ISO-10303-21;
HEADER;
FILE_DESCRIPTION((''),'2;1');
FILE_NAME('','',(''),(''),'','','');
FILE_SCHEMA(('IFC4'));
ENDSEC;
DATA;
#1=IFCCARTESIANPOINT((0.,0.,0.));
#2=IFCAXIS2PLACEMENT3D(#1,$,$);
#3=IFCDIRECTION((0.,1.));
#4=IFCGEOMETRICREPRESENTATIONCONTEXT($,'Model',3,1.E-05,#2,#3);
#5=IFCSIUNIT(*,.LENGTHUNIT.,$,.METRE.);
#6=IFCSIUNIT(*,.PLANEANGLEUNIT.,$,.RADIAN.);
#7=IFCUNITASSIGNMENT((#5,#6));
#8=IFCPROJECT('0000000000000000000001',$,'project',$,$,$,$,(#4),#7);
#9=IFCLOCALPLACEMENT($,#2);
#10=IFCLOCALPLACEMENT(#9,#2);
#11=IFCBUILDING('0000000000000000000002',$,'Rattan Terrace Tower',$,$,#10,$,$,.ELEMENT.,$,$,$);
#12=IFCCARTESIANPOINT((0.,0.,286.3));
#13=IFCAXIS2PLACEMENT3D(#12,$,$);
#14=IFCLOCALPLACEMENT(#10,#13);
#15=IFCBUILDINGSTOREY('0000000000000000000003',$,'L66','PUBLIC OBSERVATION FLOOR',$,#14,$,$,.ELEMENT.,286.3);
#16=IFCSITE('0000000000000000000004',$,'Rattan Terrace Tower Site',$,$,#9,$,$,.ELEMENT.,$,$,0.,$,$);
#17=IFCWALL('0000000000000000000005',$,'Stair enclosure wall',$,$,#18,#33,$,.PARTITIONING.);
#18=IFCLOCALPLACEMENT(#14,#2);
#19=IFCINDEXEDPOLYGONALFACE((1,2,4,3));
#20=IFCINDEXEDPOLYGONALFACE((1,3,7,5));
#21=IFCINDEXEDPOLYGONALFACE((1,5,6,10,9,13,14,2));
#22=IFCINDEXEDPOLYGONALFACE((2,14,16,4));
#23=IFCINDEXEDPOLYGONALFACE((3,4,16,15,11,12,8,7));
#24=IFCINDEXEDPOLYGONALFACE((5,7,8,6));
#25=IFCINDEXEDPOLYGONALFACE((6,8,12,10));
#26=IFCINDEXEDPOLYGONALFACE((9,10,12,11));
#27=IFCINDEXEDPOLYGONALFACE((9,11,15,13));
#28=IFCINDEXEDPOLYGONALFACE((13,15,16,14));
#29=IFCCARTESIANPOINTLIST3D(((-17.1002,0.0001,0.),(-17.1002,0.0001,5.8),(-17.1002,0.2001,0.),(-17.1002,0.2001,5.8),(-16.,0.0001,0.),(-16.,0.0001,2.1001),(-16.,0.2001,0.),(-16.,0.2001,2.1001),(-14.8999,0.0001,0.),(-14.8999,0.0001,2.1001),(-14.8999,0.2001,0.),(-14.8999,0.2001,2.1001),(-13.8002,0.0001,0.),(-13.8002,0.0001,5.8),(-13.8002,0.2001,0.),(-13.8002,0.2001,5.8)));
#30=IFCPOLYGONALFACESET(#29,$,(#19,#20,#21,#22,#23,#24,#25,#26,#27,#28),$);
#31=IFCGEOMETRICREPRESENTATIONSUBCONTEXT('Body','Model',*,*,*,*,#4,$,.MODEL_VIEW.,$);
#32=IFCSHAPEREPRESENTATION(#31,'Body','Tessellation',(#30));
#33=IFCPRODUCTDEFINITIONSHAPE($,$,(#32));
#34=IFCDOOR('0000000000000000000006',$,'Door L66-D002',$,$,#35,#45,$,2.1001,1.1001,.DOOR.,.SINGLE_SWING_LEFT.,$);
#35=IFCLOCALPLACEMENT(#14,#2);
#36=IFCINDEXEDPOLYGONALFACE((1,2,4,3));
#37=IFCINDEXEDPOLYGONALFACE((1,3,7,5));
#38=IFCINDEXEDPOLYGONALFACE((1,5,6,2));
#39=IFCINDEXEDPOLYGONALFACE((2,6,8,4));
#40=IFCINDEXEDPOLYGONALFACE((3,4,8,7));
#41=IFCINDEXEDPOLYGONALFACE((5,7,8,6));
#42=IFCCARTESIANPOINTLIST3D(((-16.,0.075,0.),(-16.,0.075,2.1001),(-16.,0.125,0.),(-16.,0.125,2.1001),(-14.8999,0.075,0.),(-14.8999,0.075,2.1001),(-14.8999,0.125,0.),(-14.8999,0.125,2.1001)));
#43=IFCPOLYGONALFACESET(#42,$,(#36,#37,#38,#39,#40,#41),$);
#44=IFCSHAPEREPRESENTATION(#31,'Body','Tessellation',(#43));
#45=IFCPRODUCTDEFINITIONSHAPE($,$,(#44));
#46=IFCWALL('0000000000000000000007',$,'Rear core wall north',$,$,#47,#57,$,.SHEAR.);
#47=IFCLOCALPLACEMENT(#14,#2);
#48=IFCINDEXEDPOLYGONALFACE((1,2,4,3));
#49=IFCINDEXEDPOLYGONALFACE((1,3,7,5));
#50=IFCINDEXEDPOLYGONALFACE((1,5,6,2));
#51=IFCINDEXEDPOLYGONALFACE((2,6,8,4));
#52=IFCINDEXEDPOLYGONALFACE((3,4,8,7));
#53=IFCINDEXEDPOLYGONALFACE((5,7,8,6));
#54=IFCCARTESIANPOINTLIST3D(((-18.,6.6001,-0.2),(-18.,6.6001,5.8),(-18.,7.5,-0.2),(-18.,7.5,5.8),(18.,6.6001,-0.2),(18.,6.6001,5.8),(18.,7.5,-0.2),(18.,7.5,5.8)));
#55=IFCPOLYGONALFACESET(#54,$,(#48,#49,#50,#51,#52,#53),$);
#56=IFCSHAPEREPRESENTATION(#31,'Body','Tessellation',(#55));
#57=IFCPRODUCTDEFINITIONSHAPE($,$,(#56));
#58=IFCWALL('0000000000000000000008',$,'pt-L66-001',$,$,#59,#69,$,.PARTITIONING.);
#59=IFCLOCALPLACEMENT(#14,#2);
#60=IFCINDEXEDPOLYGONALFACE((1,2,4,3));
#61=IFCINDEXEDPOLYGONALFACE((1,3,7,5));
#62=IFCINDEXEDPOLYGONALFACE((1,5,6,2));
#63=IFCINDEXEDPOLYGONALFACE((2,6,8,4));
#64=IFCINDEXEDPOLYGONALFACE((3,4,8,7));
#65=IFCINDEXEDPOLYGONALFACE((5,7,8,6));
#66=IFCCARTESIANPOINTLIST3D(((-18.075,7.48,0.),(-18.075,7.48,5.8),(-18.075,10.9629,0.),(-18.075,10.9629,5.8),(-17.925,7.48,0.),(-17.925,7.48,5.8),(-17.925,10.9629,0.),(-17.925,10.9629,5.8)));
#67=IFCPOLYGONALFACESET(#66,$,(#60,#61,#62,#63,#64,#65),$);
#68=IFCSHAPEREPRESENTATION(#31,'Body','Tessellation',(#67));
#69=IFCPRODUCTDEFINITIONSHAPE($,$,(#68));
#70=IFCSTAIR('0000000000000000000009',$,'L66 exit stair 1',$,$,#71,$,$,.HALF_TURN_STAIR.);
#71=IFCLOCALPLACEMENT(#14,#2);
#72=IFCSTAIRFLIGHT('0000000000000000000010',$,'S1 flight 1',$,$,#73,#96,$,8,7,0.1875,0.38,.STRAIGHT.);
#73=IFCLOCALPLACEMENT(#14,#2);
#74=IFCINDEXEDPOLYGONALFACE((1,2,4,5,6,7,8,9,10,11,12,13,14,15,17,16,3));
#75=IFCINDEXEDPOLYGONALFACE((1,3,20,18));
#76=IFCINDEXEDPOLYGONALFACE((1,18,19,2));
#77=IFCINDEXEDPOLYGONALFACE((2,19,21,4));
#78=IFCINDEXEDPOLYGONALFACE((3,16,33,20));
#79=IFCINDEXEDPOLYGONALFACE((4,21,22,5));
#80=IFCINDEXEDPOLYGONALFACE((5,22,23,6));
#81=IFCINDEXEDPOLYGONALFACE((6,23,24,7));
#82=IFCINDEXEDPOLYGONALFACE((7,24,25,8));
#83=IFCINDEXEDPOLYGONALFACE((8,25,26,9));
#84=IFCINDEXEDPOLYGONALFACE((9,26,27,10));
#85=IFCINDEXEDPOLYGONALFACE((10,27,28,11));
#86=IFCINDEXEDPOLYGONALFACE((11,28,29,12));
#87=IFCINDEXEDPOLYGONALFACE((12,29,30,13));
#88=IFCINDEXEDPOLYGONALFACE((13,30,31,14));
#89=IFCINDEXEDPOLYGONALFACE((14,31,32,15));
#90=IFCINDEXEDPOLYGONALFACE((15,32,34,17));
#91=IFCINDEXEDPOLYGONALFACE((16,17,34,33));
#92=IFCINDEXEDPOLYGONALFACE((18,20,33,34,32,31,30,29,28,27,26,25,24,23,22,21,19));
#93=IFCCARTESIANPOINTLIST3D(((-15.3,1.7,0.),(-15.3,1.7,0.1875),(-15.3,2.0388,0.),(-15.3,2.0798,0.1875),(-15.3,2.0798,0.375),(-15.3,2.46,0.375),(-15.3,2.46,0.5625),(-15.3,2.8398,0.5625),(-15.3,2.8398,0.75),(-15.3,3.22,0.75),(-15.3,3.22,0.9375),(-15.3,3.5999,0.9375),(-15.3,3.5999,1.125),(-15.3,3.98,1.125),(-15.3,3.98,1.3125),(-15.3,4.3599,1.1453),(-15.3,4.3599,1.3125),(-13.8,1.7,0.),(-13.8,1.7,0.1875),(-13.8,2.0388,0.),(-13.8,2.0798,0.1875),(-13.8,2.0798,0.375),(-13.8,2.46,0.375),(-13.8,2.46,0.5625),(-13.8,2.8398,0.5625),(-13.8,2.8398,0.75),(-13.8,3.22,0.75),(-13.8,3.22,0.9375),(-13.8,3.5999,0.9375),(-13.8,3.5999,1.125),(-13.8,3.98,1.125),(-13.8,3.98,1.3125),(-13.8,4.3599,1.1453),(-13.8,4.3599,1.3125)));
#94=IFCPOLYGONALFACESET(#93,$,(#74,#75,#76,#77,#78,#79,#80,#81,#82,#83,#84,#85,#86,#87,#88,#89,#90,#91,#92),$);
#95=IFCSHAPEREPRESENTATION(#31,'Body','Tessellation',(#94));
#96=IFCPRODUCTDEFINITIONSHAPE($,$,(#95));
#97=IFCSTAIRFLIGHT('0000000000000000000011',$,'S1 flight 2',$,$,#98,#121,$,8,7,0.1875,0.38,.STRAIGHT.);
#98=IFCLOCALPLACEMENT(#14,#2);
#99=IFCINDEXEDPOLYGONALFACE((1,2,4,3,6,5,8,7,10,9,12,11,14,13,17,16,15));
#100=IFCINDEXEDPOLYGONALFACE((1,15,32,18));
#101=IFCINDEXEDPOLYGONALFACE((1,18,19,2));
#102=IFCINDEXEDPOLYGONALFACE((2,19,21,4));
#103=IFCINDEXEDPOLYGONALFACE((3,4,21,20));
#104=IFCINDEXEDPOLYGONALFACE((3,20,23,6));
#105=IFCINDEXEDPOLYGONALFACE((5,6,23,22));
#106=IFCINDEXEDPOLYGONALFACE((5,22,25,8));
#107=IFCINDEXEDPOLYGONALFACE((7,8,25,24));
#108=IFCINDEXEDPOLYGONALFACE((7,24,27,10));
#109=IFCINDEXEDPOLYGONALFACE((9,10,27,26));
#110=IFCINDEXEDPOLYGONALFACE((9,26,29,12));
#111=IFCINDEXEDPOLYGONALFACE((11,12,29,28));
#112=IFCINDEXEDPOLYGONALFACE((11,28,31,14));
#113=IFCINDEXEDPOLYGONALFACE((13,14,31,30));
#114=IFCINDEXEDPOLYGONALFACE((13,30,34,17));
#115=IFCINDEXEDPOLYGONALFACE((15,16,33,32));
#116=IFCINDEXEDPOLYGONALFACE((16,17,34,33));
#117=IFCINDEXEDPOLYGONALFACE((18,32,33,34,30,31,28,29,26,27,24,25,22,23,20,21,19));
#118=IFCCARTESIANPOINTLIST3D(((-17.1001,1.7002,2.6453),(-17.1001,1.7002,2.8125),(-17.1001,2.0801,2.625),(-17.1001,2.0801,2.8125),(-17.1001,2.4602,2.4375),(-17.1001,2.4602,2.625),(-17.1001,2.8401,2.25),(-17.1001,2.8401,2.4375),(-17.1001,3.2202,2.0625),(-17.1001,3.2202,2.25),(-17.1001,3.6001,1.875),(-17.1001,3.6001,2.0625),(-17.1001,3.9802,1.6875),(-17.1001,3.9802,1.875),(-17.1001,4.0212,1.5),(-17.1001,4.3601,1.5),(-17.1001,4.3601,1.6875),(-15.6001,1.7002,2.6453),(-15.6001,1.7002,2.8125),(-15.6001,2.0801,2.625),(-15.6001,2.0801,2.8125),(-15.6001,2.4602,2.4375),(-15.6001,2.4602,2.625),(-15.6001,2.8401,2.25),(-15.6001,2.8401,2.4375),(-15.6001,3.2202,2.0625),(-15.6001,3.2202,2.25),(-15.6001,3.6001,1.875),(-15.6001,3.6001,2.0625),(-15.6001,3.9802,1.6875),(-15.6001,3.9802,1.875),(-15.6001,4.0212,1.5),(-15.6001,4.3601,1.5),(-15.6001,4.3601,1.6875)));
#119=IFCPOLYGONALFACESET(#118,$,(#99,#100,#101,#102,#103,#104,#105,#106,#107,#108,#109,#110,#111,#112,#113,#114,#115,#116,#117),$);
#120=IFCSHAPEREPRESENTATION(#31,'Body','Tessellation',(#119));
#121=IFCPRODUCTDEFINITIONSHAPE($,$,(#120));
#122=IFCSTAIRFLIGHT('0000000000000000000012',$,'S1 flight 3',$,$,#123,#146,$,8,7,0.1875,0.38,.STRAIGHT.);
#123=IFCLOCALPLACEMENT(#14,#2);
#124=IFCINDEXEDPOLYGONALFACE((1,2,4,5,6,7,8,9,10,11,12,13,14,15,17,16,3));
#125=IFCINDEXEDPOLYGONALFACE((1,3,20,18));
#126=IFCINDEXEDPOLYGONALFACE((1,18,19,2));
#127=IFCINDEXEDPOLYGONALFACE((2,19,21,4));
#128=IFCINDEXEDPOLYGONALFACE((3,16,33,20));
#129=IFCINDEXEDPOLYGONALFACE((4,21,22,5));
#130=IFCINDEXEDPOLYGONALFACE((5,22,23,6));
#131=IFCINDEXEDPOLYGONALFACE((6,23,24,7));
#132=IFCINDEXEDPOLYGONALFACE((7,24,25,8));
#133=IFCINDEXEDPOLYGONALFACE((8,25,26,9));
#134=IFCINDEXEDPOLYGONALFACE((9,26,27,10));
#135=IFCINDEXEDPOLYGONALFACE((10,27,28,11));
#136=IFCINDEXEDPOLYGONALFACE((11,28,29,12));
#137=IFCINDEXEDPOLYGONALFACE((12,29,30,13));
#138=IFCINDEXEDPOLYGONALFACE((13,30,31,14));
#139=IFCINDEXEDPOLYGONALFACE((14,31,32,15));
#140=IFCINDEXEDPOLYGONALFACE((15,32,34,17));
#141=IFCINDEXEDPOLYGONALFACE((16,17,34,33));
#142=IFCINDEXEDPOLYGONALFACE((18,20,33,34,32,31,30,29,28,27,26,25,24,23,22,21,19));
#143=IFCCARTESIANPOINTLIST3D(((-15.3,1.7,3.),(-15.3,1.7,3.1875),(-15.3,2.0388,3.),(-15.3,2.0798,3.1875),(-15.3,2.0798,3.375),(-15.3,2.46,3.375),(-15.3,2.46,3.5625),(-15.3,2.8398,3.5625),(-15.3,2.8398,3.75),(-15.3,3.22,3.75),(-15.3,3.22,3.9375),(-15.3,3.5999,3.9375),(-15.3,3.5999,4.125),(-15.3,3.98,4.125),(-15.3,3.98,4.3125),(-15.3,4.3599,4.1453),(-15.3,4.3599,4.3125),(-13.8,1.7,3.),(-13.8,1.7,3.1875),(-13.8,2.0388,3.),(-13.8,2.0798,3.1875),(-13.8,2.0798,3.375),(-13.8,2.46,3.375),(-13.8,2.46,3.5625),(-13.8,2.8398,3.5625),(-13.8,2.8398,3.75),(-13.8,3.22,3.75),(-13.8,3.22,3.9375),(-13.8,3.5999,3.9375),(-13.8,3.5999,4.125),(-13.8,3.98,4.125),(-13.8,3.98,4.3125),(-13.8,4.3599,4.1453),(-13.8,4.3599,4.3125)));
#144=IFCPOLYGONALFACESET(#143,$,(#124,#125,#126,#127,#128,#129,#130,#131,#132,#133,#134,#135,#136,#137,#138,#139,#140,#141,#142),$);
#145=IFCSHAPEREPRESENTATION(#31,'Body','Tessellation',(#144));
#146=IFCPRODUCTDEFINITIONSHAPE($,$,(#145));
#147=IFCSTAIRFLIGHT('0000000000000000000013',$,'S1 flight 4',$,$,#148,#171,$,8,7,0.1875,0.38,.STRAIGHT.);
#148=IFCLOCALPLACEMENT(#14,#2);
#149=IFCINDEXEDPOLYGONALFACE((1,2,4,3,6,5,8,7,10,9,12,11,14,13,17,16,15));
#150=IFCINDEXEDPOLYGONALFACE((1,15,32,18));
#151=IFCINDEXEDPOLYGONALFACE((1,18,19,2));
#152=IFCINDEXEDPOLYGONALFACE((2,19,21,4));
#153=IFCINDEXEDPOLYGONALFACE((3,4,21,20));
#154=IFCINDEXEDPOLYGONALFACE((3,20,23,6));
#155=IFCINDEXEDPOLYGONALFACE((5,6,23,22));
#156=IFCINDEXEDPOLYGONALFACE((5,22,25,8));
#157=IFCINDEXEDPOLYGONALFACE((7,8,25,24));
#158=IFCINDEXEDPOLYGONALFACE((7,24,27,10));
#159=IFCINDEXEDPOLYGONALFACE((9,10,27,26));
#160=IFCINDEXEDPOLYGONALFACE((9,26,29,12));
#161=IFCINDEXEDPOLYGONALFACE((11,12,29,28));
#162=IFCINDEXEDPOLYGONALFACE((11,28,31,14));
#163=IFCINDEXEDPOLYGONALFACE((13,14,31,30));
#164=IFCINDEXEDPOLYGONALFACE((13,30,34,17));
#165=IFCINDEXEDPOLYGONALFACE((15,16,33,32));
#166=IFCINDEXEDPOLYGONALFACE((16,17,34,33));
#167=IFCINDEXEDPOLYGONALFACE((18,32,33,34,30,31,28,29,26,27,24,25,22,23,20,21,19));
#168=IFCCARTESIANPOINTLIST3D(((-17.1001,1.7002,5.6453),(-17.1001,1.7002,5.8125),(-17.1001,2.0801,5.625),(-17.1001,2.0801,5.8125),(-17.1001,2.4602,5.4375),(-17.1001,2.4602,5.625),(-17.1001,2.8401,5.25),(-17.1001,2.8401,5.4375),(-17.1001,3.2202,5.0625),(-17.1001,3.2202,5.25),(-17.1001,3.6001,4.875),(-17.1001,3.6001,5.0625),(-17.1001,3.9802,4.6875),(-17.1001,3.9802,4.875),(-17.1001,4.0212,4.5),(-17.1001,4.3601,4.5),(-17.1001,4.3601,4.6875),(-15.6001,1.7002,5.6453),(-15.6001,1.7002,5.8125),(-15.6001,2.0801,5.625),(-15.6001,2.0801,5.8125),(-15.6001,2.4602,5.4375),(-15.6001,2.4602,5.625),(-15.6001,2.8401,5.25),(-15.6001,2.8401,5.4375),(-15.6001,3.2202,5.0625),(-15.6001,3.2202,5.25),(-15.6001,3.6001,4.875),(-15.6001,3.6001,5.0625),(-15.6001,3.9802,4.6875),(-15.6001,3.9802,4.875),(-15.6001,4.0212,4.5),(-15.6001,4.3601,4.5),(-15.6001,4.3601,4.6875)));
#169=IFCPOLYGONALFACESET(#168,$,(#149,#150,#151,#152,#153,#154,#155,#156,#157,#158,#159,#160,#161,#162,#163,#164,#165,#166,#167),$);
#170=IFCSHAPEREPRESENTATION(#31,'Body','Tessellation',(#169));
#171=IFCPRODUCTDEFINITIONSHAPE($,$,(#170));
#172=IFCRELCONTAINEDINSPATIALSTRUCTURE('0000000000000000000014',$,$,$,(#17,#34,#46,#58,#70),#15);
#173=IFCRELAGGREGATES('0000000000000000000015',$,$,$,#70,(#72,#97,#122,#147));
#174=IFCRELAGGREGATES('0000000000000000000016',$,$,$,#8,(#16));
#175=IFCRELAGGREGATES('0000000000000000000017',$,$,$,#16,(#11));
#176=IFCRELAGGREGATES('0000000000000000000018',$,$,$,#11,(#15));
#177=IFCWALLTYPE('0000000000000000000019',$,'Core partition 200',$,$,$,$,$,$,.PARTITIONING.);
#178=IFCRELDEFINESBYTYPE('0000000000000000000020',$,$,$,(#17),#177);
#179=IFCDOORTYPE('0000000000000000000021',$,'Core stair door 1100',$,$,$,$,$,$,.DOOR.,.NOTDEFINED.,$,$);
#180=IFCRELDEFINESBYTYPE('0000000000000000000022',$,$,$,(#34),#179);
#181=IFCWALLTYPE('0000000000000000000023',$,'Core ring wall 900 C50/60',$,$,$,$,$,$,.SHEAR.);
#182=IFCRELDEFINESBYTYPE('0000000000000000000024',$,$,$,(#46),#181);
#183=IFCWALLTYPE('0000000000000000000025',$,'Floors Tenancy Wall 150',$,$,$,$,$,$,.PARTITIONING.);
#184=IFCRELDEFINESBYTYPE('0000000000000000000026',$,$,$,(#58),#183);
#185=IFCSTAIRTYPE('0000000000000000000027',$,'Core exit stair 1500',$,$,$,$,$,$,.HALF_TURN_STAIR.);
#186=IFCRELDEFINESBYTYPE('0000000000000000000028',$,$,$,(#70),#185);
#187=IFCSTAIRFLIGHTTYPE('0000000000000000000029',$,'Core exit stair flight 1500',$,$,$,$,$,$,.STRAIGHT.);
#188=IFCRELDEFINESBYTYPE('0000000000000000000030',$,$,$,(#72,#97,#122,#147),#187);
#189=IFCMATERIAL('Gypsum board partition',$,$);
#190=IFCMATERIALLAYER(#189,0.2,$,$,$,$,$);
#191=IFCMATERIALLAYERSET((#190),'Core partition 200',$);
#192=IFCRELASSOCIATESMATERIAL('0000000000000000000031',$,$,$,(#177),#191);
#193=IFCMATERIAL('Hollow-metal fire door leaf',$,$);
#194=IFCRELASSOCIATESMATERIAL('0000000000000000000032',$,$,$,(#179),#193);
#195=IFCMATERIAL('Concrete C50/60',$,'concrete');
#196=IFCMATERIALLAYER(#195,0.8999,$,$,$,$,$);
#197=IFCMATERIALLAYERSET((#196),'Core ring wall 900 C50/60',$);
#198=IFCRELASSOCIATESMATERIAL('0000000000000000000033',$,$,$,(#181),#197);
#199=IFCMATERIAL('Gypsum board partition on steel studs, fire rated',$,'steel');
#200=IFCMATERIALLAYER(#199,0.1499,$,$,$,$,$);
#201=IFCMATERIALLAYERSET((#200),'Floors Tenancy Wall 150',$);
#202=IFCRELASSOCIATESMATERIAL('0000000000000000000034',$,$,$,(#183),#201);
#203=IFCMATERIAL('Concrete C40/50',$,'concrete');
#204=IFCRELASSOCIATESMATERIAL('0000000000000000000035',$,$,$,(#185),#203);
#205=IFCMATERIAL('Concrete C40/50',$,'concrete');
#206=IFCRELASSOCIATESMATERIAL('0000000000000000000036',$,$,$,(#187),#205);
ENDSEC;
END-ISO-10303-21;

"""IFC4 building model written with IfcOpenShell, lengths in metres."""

from ifc_helpers import new_model, si_unit, direction, frame, frame_2d, origin, place, context, subcontext, project, spatial, polyline, rectangle, outline, extrude, material, layer, layer_set, type_object, element, fill, aggregate, save


model = new_model("IFC4")

# Units and contexts
model_context = context("Model", 3, precision=1e-05, world=origin(), true_north=direction((0.0, 1.0)))
body_context = subcontext(model_context, "Body", "Model", "MODEL_VIEW")
ifc_project = project(units=[si_unit("LENGTHUNIT", "METRE"), si_unit("PLANEANGLEUNIT", "RADIAN")], contexts=[model_context])

# Site, building, storey
site_placement = place(None, origin())
site = spatial("IfcSite", under=ifc_project, at=site_placement, Name="Rattan Terrace Tower Site", CompositionType="ELEMENT", RefElevation=0.0)
building_placement = place(site_placement, origin())
building = spatial("IfcBuilding", under=site, at=building_placement, Name="Rattan Terrace Tower", CompositionType="ELEMENT")
storey_placement = place(building_placement, frame((0.0, 0.0, 286.3)))
storey = spatial("IfcBuildingStorey", under=building, at=storey_placement, Name="L66", Description="PUBLIC OBSERVATION FLOOR", CompositionType="ELEMENT", Elevation=286.3)

# Wall, opening, door
ifc_material_1 = material(Name="Gypsum board partition")
ifc_layer_1 = layer(ifc_material_1, 0.2)
ifc_layer_set_1 = layer_set([ifc_layer_1], Name="Core partition 200")
wall_type_1 = type_object("IfcWallType", Name="Core partition 200", PredefinedType="PARTITIONING", material=ifc_layer_set_1)
wall_1_placement = place(storey_placement, frame((-17.1001, 0.1001, 0.0), z_axis=(0.0, 0.0, 1.0), x_axis=(1.0, 0.0, 0.0)))
wall_1 = element("IfcWall", 1, at=wall_1_placement, inside=storey, type_object=wall_type_1, Name="Stair enclosure wall", PredefinedType="PARTITIONING", context=body_context, shape_type="SweptSolid", body=[
    extrude(rectangle(XDim=3.3, YDim=0.2, at=frame_2d((1.6499, 0.0))), origin(), (0.0, 0.0, 1.0), 5.8),
])
opening_placement = place(wall_1_placement, frame((1.1001, 0.0, 0.0)))
opening = element("IfcOpeningElement", 2, at=opening_placement, cuts=wall_1, PredefinedType="OPENING", context=body_context, shape_type="SweptSolid", body=[
    extrude(rectangle(XDim=1.1001, YDim=2.1001, at=frame_2d((0.55, 1.05))), frame((0.0, 0.1106, 0.0), z_axis=(0.0, -1.0, 0.0), x_axis=(1.0, 0.0, 0.0)), (0.0, 0.0, 1.0), 0.2209),
])
ifc_material_2 = material(Name="Hollow-metal fire door leaf")
door_type = type_object("IfcDoorType", Name="Core stair door 1100", OperationType="NOTDEFINED", PredefinedType="DOOR", material=ifc_material_2)
door_placement = place(opening_placement, origin())
door = element("IfcDoor", 3, at=door_placement, inside=storey, type_object=door_type, Name="Door L66-D002", OperationType="SINGLE_SWING_LEFT", OverallHeight=2.1001, OverallWidth=1.1001, PredefinedType="DOOR", context=body_context, shape_type="SweptSolid", body=[
    extrude(rectangle(XDim=1.1001, YDim=2.1001, at=frame_2d((0.55, 1.05))), frame((0.0, 0.0249, 0.0), z_axis=(0.0, -1.0, 0.0), x_axis=(1.0, 0.0, 0.0)), (0.0, 0.0, 1.0), 0.05),
])
fill(opening, door)

# Walls
ifc_material_3 = material(Name="Concrete C50/60", Category="concrete")
ifc_layer_2 = layer(ifc_material_3, 0.8999)
ifc_layer_set_2 = layer_set([ifc_layer_2], Name="Core ring wall 900 C50/60")
wall_type_2 = type_object("IfcWallType", Name="Core ring wall 900 C50/60", PredefinedType="SHEAR", material=ifc_layer_set_2)
wall_2_placement = place(storey_placement, frame((-18.0, 7.05, -0.2), z_axis=(0.0, 0.0, 1.0), x_axis=(1.0, 0.0, 0.0)))
element("IfcWall", 4, at=wall_2_placement, inside=storey, type_object=wall_type_2, Name="Rear core wall north", PredefinedType="SHEAR", context=body_context, shape_type="SweptSolid", body=[
    extrude(rectangle(XDim=36.0, YDim=0.8999, at=frame_2d((18.0, 0.0))), origin(), (0.0, 0.0, 1.0), 6.0),
])
ifc_material_4 = material(Name="Gypsum board partition on steel studs, fire rated", Category="steel")
ifc_layer_3 = layer(ifc_material_4, 0.1499)
ifc_layer_set_3 = layer_set([ifc_layer_3], Name="Floors Tenancy Wall 150")
wall_type_3 = type_object("IfcWallType", Name="Floors Tenancy Wall 150", PredefinedType="PARTITIONING", material=ifc_layer_set_3)
wall_3_placement = place(storey_placement, frame((-18.0, 10.9629, 0.0), z_axis=(0.0, 0.0, 1.0), x_axis=(0.0, -1.0, 0.0)))
element("IfcWall", 5, at=wall_3_placement, inside=storey, type_object=wall_type_3, Name="pt-L66-001", PredefinedType="PARTITIONING", context=body_context, shape_type="SweptSolid", body=[
    extrude(rectangle(XDim=3.4829, YDim=0.1499, at=frame_2d((1.7415, 0.0))), origin(), (0.0, 0.0, 1.0), 5.8),
])

# Stair, stair flights
ifc_material_5 = material(Name="Concrete C40/50", Category="concrete")
stair_type = type_object("IfcStairType", Name="Core exit stair 1500", PredefinedType="HALF_TURN_STAIR", material=ifc_material_5)
stair_placement = place(storey_placement, origin())
stair = element("IfcStair", 6, at=stair_placement, inside=storey, type_object=stair_type, Name="L66 exit stair 1", PredefinedType="HALF_TURN_STAIR")
ifc_material_6 = material(Name="Concrete C40/50", Category="concrete")
stair_flight_type = type_object("IfcStairFlightType", Name="Core exit stair flight 1500", PredefinedType="STRAIGHT", material=ifc_material_6)
stair_flight_1_placement = place(storey_placement, frame((-14.55, 1.7, 0.0), z_axis=(0.0, 0.0, 1.0), x_axis=(0.0, 1.0, 0.0)))
stair_flight_1 = element("IfcStairFlight", 7, at=stair_flight_1_placement, type_object=stair_flight_type, Name="S1 flight 1", NumberOfRisers=8, NumberOfTreads=7, PredefinedType="STRAIGHT", RiserHeight=0.1875, TreadLength=0.38, context=body_context, shape_type="SweptSolid", body=[
    extrude(outline(polyline([(0.0, 0.0), (0.0, 0.1875), (0.3799, 0.1875), (0.3799, 0.375), (0.76, 0.375), (0.76, 0.5625), (1.1399, 0.5625), (1.1399, 0.75), (1.52, 0.75), (1.52, 0.9375), (1.8999, 0.9375), (1.8999, 1.125), (2.28, 1.125), (2.28, 1.3125), (2.6599, 1.3125), (2.6599, 1.5), (2.6599, 1.1453), (0.3389, 0.0), (0.0, 0.0)])), frame((0.0, 0.75, 0.0), z_axis=(0.0, -1.0, 0.0), x_axis=(1.0, 0.0, 0.0)), (0.0, 0.0, 1.0), 1.5),
])
stair_flight_2_placement = place(storey_placement, frame((-16.3501, 4.3601, 1.5), z_axis=(0.0, 0.0, 1.0), x_axis=(0.0, -1.0, 0.0)))
stair_flight_2 = element("IfcStairFlight", 8, at=stair_flight_2_placement, type_object=stair_flight_type, Name="S1 flight 2", NumberOfRisers=8, NumberOfTreads=7, PredefinedType="STRAIGHT", RiserHeight=0.1875, TreadLength=0.38, context=body_context, shape_type="SweptSolid", body=[
    extrude(outline(polyline([(0.0, 0.0), (0.0, 0.1875), (0.3799, 0.1875), (0.3799, 0.375), (0.76, 0.375), (0.76, 0.5625), (1.1399, 0.5625), (1.1399, 0.75), (1.52, 0.75), (1.52, 0.9375), (1.8999, 0.9375), (1.8999, 1.125), (2.28, 1.125), (2.28, 1.3125), (2.6599, 1.3125), (2.6599, 1.5), (2.6599, 1.1453), (0.3389, 0.0), (0.0, 0.0)])), frame((0.0, 0.75, 0.0), z_axis=(0.0, -1.0, 0.0), x_axis=(1.0, 0.0, 0.0)), (0.0, 0.0, 1.0), 1.5),
])
stair_flight_3_placement = place(storey_placement, frame((-14.55, 1.7, 3.0), z_axis=(0.0, 0.0, 1.0), x_axis=(0.0, 1.0, 0.0)))
stair_flight_3 = element("IfcStairFlight", 9, at=stair_flight_3_placement, type_object=stair_flight_type, Name="S1 flight 3", NumberOfRisers=8, NumberOfTreads=7, PredefinedType="STRAIGHT", RiserHeight=0.1875, TreadLength=0.38, context=body_context, shape_type="SweptSolid", body=[
    extrude(outline(polyline([(0.0, 0.0), (0.0, 0.1875), (0.3799, 0.1875), (0.3799, 0.375), (0.76, 0.375), (0.76, 0.5625), (1.1399, 0.5625), (1.1399, 0.75), (1.52, 0.75), (1.52, 0.9375), (1.8999, 0.9375), (1.8999, 1.125), (2.28, 1.125), (2.28, 1.3125), (2.6599, 1.3125), (2.6599, 1.5), (2.6599, 1.1453), (0.3389, 0.0), (0.0, 0.0)])), frame((0.0, 0.75, 0.0), z_axis=(0.0, -1.0, 0.0), x_axis=(1.0, 0.0, 0.0)), (0.0, 0.0, 1.0), 1.5),
])
stair_flight_4_placement = place(storey_placement, frame((-16.3501, 4.3601, 4.5), z_axis=(0.0, 0.0, 1.0), x_axis=(0.0, -1.0, 0.0)))
stair_flight_4 = element("IfcStairFlight", 10, at=stair_flight_4_placement, type_object=stair_flight_type, Name="S1 flight 4", NumberOfRisers=8, NumberOfTreads=7, PredefinedType="STRAIGHT", RiserHeight=0.1875, TreadLength=0.38, context=body_context, shape_type="SweptSolid", body=[
    extrude(outline(polyline([(0.0, 0.0), (0.0, 0.1875), (0.3799, 0.1875), (0.3799, 0.375), (0.76, 0.375), (0.76, 0.5625), (1.1399, 0.5625), (1.1399, 0.75), (1.52, 0.75), (1.52, 0.9375), (1.8999, 0.9375), (1.8999, 1.125), (2.28, 1.125), (2.28, 1.3125), (2.6599, 1.3125), (2.6599, 1.5), (2.6599, 1.1453), (0.3389, 0.0), (0.0, 0.0)])), frame((0.0, 0.75, 0.0), z_axis=(0.0, -1.0, 0.0), x_axis=(1.0, 0.0, 0.0)), (0.0, 0.0, 1.0), 1.5),
])
aggregate(stair, [stair_flight_1, stair_flight_2, stair_flight_3, stair_flight_4])

save(model, "model.ifc")
